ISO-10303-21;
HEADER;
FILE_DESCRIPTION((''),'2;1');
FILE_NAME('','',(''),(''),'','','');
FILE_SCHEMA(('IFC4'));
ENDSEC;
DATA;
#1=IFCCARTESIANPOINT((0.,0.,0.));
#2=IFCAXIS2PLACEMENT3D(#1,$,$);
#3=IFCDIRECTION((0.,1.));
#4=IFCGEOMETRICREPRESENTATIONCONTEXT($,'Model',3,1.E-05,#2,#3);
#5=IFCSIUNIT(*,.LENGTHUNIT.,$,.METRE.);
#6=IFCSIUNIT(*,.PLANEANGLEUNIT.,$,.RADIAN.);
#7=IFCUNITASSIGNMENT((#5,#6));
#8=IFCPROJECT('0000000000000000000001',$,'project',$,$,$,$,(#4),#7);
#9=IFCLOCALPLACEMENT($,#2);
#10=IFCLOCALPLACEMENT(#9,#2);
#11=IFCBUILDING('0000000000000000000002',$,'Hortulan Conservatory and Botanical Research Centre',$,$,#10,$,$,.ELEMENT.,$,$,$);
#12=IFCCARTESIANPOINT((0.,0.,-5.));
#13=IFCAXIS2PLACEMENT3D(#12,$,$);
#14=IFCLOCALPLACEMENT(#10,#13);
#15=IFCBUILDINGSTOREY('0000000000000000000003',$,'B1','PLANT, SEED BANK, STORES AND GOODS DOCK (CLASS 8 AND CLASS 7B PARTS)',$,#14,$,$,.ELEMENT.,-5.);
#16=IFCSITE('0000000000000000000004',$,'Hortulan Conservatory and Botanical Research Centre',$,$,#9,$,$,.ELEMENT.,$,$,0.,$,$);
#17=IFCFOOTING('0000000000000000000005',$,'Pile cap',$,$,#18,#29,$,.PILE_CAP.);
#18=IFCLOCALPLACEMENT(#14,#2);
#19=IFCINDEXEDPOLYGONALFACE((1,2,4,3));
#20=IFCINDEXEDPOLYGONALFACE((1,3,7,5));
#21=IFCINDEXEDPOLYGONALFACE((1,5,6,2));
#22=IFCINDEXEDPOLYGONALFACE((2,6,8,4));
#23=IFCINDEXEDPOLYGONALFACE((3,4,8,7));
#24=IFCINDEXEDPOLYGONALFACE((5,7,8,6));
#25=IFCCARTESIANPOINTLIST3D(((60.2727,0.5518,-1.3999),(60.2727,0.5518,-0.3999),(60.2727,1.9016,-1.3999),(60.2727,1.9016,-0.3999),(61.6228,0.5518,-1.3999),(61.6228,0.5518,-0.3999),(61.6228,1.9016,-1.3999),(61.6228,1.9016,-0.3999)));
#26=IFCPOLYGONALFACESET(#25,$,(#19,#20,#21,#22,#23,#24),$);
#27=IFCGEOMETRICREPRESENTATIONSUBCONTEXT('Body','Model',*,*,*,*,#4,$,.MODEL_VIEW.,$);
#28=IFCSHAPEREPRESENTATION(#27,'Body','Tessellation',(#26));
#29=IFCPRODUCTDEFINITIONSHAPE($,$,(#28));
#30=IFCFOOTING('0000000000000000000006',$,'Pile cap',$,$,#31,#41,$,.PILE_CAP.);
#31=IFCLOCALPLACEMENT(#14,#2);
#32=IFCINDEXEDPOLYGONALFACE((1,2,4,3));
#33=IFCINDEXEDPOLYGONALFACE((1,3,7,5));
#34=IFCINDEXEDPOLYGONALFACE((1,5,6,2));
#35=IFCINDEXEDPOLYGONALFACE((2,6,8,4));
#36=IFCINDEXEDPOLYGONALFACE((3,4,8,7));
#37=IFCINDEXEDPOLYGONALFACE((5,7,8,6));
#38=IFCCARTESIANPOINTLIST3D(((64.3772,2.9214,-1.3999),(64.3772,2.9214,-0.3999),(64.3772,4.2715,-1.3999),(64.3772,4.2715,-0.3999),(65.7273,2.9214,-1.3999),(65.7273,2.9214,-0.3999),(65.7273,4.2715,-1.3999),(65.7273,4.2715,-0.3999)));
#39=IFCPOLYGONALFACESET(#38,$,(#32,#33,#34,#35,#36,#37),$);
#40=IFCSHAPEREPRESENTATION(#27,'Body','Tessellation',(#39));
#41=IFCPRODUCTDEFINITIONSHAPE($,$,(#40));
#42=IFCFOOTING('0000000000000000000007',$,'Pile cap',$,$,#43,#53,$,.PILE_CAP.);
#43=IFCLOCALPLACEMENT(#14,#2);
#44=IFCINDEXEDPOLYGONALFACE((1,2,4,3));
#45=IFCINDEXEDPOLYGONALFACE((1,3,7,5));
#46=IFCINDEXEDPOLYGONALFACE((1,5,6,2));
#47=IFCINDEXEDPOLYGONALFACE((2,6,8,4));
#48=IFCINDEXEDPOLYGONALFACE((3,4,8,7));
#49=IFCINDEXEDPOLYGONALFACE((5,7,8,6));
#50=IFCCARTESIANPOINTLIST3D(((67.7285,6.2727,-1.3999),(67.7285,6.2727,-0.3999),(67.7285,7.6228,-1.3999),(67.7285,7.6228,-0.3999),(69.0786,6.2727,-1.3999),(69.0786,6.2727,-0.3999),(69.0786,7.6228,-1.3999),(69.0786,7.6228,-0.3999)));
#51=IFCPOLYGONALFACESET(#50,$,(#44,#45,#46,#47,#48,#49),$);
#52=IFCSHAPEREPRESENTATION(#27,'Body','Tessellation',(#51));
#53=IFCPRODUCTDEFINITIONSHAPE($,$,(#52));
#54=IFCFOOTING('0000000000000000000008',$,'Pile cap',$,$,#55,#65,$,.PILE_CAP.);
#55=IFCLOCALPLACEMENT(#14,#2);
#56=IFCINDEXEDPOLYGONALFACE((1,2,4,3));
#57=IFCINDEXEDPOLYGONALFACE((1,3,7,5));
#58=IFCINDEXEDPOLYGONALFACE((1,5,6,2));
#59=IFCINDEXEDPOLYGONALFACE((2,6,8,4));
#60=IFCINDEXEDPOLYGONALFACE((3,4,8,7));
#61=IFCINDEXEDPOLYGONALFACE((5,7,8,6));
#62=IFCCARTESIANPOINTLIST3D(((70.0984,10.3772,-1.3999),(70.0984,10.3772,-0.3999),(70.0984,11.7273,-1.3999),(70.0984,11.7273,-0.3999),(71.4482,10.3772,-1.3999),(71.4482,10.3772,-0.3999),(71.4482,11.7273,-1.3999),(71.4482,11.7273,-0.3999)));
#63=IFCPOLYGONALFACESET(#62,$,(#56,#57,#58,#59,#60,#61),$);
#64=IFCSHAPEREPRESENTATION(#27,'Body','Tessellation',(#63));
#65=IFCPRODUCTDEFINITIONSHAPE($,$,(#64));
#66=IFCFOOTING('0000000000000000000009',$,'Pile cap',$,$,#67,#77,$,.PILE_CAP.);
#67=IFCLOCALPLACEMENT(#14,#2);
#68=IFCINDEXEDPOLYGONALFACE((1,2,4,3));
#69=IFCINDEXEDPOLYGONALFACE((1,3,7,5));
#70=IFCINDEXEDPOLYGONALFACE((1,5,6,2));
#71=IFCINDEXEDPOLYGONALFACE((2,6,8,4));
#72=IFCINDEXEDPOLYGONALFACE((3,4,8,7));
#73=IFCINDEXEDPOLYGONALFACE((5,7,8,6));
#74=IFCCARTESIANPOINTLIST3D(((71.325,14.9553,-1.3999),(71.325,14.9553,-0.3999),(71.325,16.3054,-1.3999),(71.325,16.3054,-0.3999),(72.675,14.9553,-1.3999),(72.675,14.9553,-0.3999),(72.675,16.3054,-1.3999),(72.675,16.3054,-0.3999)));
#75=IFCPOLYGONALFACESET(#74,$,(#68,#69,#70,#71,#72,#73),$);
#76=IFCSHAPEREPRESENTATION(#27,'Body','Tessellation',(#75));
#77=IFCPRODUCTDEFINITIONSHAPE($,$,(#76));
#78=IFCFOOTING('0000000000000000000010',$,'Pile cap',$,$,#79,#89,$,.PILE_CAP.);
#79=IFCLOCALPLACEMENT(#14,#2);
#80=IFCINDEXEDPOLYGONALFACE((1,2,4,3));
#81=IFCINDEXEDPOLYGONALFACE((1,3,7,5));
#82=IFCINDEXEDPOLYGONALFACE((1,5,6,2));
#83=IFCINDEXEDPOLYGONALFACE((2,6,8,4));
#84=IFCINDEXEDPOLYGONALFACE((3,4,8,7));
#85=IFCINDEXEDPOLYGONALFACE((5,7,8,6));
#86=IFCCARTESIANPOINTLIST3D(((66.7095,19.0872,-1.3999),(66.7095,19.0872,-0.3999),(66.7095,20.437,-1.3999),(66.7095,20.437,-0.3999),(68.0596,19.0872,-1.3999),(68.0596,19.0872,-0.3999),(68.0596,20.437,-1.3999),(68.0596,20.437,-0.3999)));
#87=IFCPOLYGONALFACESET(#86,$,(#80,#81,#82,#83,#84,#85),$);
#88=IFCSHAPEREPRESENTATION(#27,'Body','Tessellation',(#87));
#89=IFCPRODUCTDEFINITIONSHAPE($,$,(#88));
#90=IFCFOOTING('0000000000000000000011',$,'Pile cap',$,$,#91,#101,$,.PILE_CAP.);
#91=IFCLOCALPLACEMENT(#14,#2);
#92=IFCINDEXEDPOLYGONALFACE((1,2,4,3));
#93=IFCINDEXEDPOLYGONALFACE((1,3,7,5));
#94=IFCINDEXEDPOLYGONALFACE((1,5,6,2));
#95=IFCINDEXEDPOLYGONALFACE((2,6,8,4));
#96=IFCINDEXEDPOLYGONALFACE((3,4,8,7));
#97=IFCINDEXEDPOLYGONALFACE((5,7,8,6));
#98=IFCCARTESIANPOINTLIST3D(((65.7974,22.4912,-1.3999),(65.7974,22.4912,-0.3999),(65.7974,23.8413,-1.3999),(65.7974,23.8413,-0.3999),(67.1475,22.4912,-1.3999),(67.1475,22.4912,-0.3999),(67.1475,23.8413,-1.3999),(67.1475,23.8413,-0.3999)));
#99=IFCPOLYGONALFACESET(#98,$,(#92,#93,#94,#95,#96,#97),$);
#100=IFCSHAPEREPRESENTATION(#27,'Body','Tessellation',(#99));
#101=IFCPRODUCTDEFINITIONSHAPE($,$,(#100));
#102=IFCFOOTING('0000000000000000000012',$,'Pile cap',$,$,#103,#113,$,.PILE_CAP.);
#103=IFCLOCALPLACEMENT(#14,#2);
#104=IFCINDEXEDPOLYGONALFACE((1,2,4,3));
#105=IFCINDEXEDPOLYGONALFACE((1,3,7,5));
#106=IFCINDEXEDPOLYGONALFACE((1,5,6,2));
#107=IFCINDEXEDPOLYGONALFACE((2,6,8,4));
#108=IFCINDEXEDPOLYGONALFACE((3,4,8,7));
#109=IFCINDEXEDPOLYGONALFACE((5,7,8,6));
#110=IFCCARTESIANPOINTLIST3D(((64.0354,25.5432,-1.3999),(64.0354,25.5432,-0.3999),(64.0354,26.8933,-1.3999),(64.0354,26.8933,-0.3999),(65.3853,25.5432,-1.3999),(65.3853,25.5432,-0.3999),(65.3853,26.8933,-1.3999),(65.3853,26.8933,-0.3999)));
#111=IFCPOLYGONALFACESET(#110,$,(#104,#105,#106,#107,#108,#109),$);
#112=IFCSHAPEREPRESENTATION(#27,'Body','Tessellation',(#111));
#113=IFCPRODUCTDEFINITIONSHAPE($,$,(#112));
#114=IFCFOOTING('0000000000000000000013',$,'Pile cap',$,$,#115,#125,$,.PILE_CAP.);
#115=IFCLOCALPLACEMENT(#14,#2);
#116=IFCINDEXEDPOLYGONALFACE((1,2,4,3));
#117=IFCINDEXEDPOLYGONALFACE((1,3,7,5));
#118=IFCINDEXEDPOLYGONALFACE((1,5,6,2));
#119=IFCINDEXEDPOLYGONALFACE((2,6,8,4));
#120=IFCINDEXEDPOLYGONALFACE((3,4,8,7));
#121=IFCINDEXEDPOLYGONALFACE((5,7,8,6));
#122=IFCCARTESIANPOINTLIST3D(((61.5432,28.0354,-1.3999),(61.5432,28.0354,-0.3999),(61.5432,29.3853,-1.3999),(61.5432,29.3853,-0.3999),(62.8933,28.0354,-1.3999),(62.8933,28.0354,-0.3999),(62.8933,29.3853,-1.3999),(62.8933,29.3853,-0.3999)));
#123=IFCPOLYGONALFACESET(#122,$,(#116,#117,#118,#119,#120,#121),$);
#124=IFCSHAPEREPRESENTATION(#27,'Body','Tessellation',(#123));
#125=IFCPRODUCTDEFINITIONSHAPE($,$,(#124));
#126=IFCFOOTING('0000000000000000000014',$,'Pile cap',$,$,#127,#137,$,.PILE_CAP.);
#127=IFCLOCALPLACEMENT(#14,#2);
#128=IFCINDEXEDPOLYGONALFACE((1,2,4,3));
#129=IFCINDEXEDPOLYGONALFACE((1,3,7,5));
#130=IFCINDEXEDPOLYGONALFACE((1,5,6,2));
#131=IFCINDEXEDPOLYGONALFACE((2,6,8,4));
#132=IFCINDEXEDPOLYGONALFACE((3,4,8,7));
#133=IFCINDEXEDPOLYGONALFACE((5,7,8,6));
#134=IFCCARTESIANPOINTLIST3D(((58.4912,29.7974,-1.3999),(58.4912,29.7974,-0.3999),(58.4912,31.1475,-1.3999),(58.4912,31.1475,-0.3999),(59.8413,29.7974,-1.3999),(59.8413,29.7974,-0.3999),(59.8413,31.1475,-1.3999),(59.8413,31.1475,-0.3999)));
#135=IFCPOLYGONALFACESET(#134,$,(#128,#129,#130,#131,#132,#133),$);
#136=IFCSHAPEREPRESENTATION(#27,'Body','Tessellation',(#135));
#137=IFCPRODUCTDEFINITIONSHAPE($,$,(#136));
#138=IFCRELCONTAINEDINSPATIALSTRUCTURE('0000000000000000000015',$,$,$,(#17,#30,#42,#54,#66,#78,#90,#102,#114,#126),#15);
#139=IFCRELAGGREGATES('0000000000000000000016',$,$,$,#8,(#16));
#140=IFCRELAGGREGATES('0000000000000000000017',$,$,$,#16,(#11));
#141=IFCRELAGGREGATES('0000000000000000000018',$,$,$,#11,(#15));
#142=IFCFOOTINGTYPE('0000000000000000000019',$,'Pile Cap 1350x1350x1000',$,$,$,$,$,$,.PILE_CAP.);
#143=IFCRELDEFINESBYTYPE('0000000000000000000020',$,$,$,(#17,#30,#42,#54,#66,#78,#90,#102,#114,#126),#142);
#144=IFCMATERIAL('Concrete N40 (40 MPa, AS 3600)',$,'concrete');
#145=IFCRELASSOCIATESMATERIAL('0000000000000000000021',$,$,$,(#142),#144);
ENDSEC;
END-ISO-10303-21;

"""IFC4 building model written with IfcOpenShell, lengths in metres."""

from ifc_helpers import new_model, si_unit, direction, frame, origin, place, context, subcontext, project, spatial, polyline, outline, extrude, material, type_object, element, save


model = new_model("IFC4")

# Units and contexts
model_context = context("Model", 3, precision=1e-05, world=origin(), true_north=direction((0.0, 1.0)))
body_context = subcontext(model_context, "Body", "Model", "MODEL_VIEW")
ifc_project = project(units=[si_unit("LENGTHUNIT", "METRE"), si_unit("PLANEANGLEUNIT", "RADIAN")], contexts=[model_context])

# Site, building, storey
site_placement = place(None, origin())
site = spatial("IfcSite", under=ifc_project, at=site_placement, Name="Hortulan Conservatory and Botanical Research Centre", CompositionType="ELEMENT", RefElevation=0.0)
building_placement = place(site_placement, origin())
building = spatial("IfcBuilding", under=site, at=building_placement, Name="Hortulan Conservatory and Botanical Research Centre", CompositionType="ELEMENT")
storey_placement = place(building_placement, frame((0.0, 0.0, -5.0)))
storey = spatial("IfcBuildingStorey", under=building, at=storey_placement, Name="B1", Description="PLANT, SEED BANK, STORES AND GOODS DOCK (CLASS 8 AND CLASS 7B PARTS)", CompositionType="ELEMENT", Elevation=-5.0)

# Footings
ifc_material = material(Name="Concrete N40 (40 MPa, AS 3600)", Category="concrete")
footing_type = type_object("IfcFootingType", Name="Pile Cap 1350x1350x1000", PredefinedType="PILE_CAP", material=ifc_material)
footing_1_placement = place(storey_placement, frame((0.0, 0.0, -1.3999)))
element("IfcFooting", 1, at=footing_1_placement, inside=storey, type_object=footing_type, Name="Pile cap", PredefinedType="PILE_CAP", context=body_context, shape_type="SweptSolid", body=[
    extrude(outline(polyline([(61.6228, 0.5518), (61.6228, 1.9016), (60.2727, 1.9016), (60.2727, 0.5518), (61.6228, 0.5518)])), origin(), (0.0, 0.0, 1.0), 1.0),
])
footing_2_placement = place(storey_placement, frame((0.0, 0.0, -1.3999)))
element("IfcFooting", 2, at=footing_2_placement, inside=storey, type_object=footing_type, Name="Pile cap", PredefinedType="PILE_CAP", context=body_context, shape_type="SweptSolid", body=[
    extrude(outline(polyline([(65.7273, 2.9214), (65.7273, 4.2715), (64.3772, 4.2715), (64.3772, 2.9214), (65.7273, 2.9214)])), origin(), (0.0, 0.0, 1.0), 1.0),
])
footing_3_placement = place(storey_placement, frame((0.0, 0.0, -1.3999)))
element("IfcFooting", 3, at=footing_3_placement, inside=storey, type_object=footing_type, Name="Pile cap", PredefinedType="PILE_CAP", context=body_context, shape_type="SweptSolid", body=[
    extrude(outline(polyline([(69.0786, 6.2727), (69.0786, 7.6228), (67.7285, 7.6228), (67.7285, 6.2727), (69.0786, 6.2727)])), origin(), (0.0, 0.0, 1.0), 1.0),
])
footing_4_placement = place(storey_placement, frame((0.0, 0.0, -1.3999)))
element("IfcFooting", 4, at=footing_4_placement, inside=storey, type_object=footing_type, Name="Pile cap", PredefinedType="PILE_CAP", context=body_context, shape_type="SweptSolid", body=[
    extrude(outline(polyline([(71.4482, 10.3772), (71.4482, 11.7273), (70.0984, 11.7273), (70.0984, 10.3772), (71.4482, 10.3772)])), origin(), (0.0, 0.0, 1.0), 1.0),
])
footing_5_placement = place(storey_placement, frame((0.0, 0.0, -1.3999)))
element("IfcFooting", 5, at=footing_5_placement, inside=storey, type_object=footing_type, Name="Pile cap", PredefinedType="PILE_CAP", context=body_context, shape_type="SweptSolid", body=[
    extrude(outline(polyline([(72.675, 14.9553), (72.675, 16.3054), (71.325, 16.3054), (71.325, 14.9553), (72.675, 14.9553)])), origin(), (0.0, 0.0, 1.0), 1.0),
])
footing_6_placement = place(storey_placement, frame((0.0, 0.0, -1.3999)))
element("IfcFooting", 6, at=footing_6_placement, inside=storey, type_object=footing_type, Name="Pile cap", PredefinedType="PILE_CAP", context=body_context, shape_type="SweptSolid", body=[
    extrude(outline(polyline([(68.0596, 19.0872), (68.0596, 20.437), (66.7095, 20.437), (66.7095, 19.0872), (68.0596, 19.0872)])), origin(), (0.0, 0.0, 1.0), 1.0),
])
footing_7_placement = place(storey_placement, frame((0.0, 0.0, -1.3999)))
element("IfcFooting", 7, at=footing_7_placement, inside=storey, type_object=footing_type, Name="Pile cap", PredefinedType="PILE_CAP", context=body_context, shape_type="SweptSolid", body=[
    extrude(outline(polyline([(67.1475, 22.4912), (67.1475, 23.8413), (65.7974, 23.8413), (65.7974, 22.4912), (67.1475, 22.4912)])), origin(), (0.0, 0.0, 1.0), 1.0),
])
footing_8_placement = place(storey_placement, frame((0.0, 0.0, -1.3999)))
element("IfcFooting", 8, at=footing_8_placement, inside=storey, type_object=footing_type, Name="Pile cap", PredefinedType="PILE_CAP", context=body_context, shape_type="SweptSolid", body=[
    extrude(outline(polyline([(65.3853, 25.5432), (65.3853, 26.8933), (64.0354, 26.8933), (64.0354, 25.5432), (65.3853, 25.5432)])), origin(), (0.0, 0.0, 1.0), 1.0),
])
footing_9_placement = place(storey_placement, frame((0.0, 0.0, -1.3999)))
element("IfcFooting", 9, at=footing_9_placement, inside=storey, type_object=footing_type, Name="Pile cap", PredefinedType="PILE_CAP", context=body_context, shape_type="SweptSolid", body=[
    extrude(outline(polyline([(62.8933, 28.0354), (62.8933, 29.3853), (61.5432, 29.3853), (61.5432, 28.0354), (62.8933, 28.0354)])), origin(), (0.0, 0.0, 1.0), 1.0),
])
footing_10_placement = place(storey_placement, frame((0.0, 0.0, -1.3999)))
element("IfcFooting", 10, at=footing_10_placement, inside=storey, type_object=footing_type, Name="Pile cap", PredefinedType="PILE_CAP", context=body_context, shape_type="SweptSolid", body=[
    extrude(outline(polyline([(59.8413, 29.7974), (59.8413, 31.1475), (58.4912, 31.1475), (58.4912, 29.7974), (59.8413, 29.7974)])), origin(), (0.0, 0.0, 1.0), 1.0),
])

save(model, "model.ifc")
